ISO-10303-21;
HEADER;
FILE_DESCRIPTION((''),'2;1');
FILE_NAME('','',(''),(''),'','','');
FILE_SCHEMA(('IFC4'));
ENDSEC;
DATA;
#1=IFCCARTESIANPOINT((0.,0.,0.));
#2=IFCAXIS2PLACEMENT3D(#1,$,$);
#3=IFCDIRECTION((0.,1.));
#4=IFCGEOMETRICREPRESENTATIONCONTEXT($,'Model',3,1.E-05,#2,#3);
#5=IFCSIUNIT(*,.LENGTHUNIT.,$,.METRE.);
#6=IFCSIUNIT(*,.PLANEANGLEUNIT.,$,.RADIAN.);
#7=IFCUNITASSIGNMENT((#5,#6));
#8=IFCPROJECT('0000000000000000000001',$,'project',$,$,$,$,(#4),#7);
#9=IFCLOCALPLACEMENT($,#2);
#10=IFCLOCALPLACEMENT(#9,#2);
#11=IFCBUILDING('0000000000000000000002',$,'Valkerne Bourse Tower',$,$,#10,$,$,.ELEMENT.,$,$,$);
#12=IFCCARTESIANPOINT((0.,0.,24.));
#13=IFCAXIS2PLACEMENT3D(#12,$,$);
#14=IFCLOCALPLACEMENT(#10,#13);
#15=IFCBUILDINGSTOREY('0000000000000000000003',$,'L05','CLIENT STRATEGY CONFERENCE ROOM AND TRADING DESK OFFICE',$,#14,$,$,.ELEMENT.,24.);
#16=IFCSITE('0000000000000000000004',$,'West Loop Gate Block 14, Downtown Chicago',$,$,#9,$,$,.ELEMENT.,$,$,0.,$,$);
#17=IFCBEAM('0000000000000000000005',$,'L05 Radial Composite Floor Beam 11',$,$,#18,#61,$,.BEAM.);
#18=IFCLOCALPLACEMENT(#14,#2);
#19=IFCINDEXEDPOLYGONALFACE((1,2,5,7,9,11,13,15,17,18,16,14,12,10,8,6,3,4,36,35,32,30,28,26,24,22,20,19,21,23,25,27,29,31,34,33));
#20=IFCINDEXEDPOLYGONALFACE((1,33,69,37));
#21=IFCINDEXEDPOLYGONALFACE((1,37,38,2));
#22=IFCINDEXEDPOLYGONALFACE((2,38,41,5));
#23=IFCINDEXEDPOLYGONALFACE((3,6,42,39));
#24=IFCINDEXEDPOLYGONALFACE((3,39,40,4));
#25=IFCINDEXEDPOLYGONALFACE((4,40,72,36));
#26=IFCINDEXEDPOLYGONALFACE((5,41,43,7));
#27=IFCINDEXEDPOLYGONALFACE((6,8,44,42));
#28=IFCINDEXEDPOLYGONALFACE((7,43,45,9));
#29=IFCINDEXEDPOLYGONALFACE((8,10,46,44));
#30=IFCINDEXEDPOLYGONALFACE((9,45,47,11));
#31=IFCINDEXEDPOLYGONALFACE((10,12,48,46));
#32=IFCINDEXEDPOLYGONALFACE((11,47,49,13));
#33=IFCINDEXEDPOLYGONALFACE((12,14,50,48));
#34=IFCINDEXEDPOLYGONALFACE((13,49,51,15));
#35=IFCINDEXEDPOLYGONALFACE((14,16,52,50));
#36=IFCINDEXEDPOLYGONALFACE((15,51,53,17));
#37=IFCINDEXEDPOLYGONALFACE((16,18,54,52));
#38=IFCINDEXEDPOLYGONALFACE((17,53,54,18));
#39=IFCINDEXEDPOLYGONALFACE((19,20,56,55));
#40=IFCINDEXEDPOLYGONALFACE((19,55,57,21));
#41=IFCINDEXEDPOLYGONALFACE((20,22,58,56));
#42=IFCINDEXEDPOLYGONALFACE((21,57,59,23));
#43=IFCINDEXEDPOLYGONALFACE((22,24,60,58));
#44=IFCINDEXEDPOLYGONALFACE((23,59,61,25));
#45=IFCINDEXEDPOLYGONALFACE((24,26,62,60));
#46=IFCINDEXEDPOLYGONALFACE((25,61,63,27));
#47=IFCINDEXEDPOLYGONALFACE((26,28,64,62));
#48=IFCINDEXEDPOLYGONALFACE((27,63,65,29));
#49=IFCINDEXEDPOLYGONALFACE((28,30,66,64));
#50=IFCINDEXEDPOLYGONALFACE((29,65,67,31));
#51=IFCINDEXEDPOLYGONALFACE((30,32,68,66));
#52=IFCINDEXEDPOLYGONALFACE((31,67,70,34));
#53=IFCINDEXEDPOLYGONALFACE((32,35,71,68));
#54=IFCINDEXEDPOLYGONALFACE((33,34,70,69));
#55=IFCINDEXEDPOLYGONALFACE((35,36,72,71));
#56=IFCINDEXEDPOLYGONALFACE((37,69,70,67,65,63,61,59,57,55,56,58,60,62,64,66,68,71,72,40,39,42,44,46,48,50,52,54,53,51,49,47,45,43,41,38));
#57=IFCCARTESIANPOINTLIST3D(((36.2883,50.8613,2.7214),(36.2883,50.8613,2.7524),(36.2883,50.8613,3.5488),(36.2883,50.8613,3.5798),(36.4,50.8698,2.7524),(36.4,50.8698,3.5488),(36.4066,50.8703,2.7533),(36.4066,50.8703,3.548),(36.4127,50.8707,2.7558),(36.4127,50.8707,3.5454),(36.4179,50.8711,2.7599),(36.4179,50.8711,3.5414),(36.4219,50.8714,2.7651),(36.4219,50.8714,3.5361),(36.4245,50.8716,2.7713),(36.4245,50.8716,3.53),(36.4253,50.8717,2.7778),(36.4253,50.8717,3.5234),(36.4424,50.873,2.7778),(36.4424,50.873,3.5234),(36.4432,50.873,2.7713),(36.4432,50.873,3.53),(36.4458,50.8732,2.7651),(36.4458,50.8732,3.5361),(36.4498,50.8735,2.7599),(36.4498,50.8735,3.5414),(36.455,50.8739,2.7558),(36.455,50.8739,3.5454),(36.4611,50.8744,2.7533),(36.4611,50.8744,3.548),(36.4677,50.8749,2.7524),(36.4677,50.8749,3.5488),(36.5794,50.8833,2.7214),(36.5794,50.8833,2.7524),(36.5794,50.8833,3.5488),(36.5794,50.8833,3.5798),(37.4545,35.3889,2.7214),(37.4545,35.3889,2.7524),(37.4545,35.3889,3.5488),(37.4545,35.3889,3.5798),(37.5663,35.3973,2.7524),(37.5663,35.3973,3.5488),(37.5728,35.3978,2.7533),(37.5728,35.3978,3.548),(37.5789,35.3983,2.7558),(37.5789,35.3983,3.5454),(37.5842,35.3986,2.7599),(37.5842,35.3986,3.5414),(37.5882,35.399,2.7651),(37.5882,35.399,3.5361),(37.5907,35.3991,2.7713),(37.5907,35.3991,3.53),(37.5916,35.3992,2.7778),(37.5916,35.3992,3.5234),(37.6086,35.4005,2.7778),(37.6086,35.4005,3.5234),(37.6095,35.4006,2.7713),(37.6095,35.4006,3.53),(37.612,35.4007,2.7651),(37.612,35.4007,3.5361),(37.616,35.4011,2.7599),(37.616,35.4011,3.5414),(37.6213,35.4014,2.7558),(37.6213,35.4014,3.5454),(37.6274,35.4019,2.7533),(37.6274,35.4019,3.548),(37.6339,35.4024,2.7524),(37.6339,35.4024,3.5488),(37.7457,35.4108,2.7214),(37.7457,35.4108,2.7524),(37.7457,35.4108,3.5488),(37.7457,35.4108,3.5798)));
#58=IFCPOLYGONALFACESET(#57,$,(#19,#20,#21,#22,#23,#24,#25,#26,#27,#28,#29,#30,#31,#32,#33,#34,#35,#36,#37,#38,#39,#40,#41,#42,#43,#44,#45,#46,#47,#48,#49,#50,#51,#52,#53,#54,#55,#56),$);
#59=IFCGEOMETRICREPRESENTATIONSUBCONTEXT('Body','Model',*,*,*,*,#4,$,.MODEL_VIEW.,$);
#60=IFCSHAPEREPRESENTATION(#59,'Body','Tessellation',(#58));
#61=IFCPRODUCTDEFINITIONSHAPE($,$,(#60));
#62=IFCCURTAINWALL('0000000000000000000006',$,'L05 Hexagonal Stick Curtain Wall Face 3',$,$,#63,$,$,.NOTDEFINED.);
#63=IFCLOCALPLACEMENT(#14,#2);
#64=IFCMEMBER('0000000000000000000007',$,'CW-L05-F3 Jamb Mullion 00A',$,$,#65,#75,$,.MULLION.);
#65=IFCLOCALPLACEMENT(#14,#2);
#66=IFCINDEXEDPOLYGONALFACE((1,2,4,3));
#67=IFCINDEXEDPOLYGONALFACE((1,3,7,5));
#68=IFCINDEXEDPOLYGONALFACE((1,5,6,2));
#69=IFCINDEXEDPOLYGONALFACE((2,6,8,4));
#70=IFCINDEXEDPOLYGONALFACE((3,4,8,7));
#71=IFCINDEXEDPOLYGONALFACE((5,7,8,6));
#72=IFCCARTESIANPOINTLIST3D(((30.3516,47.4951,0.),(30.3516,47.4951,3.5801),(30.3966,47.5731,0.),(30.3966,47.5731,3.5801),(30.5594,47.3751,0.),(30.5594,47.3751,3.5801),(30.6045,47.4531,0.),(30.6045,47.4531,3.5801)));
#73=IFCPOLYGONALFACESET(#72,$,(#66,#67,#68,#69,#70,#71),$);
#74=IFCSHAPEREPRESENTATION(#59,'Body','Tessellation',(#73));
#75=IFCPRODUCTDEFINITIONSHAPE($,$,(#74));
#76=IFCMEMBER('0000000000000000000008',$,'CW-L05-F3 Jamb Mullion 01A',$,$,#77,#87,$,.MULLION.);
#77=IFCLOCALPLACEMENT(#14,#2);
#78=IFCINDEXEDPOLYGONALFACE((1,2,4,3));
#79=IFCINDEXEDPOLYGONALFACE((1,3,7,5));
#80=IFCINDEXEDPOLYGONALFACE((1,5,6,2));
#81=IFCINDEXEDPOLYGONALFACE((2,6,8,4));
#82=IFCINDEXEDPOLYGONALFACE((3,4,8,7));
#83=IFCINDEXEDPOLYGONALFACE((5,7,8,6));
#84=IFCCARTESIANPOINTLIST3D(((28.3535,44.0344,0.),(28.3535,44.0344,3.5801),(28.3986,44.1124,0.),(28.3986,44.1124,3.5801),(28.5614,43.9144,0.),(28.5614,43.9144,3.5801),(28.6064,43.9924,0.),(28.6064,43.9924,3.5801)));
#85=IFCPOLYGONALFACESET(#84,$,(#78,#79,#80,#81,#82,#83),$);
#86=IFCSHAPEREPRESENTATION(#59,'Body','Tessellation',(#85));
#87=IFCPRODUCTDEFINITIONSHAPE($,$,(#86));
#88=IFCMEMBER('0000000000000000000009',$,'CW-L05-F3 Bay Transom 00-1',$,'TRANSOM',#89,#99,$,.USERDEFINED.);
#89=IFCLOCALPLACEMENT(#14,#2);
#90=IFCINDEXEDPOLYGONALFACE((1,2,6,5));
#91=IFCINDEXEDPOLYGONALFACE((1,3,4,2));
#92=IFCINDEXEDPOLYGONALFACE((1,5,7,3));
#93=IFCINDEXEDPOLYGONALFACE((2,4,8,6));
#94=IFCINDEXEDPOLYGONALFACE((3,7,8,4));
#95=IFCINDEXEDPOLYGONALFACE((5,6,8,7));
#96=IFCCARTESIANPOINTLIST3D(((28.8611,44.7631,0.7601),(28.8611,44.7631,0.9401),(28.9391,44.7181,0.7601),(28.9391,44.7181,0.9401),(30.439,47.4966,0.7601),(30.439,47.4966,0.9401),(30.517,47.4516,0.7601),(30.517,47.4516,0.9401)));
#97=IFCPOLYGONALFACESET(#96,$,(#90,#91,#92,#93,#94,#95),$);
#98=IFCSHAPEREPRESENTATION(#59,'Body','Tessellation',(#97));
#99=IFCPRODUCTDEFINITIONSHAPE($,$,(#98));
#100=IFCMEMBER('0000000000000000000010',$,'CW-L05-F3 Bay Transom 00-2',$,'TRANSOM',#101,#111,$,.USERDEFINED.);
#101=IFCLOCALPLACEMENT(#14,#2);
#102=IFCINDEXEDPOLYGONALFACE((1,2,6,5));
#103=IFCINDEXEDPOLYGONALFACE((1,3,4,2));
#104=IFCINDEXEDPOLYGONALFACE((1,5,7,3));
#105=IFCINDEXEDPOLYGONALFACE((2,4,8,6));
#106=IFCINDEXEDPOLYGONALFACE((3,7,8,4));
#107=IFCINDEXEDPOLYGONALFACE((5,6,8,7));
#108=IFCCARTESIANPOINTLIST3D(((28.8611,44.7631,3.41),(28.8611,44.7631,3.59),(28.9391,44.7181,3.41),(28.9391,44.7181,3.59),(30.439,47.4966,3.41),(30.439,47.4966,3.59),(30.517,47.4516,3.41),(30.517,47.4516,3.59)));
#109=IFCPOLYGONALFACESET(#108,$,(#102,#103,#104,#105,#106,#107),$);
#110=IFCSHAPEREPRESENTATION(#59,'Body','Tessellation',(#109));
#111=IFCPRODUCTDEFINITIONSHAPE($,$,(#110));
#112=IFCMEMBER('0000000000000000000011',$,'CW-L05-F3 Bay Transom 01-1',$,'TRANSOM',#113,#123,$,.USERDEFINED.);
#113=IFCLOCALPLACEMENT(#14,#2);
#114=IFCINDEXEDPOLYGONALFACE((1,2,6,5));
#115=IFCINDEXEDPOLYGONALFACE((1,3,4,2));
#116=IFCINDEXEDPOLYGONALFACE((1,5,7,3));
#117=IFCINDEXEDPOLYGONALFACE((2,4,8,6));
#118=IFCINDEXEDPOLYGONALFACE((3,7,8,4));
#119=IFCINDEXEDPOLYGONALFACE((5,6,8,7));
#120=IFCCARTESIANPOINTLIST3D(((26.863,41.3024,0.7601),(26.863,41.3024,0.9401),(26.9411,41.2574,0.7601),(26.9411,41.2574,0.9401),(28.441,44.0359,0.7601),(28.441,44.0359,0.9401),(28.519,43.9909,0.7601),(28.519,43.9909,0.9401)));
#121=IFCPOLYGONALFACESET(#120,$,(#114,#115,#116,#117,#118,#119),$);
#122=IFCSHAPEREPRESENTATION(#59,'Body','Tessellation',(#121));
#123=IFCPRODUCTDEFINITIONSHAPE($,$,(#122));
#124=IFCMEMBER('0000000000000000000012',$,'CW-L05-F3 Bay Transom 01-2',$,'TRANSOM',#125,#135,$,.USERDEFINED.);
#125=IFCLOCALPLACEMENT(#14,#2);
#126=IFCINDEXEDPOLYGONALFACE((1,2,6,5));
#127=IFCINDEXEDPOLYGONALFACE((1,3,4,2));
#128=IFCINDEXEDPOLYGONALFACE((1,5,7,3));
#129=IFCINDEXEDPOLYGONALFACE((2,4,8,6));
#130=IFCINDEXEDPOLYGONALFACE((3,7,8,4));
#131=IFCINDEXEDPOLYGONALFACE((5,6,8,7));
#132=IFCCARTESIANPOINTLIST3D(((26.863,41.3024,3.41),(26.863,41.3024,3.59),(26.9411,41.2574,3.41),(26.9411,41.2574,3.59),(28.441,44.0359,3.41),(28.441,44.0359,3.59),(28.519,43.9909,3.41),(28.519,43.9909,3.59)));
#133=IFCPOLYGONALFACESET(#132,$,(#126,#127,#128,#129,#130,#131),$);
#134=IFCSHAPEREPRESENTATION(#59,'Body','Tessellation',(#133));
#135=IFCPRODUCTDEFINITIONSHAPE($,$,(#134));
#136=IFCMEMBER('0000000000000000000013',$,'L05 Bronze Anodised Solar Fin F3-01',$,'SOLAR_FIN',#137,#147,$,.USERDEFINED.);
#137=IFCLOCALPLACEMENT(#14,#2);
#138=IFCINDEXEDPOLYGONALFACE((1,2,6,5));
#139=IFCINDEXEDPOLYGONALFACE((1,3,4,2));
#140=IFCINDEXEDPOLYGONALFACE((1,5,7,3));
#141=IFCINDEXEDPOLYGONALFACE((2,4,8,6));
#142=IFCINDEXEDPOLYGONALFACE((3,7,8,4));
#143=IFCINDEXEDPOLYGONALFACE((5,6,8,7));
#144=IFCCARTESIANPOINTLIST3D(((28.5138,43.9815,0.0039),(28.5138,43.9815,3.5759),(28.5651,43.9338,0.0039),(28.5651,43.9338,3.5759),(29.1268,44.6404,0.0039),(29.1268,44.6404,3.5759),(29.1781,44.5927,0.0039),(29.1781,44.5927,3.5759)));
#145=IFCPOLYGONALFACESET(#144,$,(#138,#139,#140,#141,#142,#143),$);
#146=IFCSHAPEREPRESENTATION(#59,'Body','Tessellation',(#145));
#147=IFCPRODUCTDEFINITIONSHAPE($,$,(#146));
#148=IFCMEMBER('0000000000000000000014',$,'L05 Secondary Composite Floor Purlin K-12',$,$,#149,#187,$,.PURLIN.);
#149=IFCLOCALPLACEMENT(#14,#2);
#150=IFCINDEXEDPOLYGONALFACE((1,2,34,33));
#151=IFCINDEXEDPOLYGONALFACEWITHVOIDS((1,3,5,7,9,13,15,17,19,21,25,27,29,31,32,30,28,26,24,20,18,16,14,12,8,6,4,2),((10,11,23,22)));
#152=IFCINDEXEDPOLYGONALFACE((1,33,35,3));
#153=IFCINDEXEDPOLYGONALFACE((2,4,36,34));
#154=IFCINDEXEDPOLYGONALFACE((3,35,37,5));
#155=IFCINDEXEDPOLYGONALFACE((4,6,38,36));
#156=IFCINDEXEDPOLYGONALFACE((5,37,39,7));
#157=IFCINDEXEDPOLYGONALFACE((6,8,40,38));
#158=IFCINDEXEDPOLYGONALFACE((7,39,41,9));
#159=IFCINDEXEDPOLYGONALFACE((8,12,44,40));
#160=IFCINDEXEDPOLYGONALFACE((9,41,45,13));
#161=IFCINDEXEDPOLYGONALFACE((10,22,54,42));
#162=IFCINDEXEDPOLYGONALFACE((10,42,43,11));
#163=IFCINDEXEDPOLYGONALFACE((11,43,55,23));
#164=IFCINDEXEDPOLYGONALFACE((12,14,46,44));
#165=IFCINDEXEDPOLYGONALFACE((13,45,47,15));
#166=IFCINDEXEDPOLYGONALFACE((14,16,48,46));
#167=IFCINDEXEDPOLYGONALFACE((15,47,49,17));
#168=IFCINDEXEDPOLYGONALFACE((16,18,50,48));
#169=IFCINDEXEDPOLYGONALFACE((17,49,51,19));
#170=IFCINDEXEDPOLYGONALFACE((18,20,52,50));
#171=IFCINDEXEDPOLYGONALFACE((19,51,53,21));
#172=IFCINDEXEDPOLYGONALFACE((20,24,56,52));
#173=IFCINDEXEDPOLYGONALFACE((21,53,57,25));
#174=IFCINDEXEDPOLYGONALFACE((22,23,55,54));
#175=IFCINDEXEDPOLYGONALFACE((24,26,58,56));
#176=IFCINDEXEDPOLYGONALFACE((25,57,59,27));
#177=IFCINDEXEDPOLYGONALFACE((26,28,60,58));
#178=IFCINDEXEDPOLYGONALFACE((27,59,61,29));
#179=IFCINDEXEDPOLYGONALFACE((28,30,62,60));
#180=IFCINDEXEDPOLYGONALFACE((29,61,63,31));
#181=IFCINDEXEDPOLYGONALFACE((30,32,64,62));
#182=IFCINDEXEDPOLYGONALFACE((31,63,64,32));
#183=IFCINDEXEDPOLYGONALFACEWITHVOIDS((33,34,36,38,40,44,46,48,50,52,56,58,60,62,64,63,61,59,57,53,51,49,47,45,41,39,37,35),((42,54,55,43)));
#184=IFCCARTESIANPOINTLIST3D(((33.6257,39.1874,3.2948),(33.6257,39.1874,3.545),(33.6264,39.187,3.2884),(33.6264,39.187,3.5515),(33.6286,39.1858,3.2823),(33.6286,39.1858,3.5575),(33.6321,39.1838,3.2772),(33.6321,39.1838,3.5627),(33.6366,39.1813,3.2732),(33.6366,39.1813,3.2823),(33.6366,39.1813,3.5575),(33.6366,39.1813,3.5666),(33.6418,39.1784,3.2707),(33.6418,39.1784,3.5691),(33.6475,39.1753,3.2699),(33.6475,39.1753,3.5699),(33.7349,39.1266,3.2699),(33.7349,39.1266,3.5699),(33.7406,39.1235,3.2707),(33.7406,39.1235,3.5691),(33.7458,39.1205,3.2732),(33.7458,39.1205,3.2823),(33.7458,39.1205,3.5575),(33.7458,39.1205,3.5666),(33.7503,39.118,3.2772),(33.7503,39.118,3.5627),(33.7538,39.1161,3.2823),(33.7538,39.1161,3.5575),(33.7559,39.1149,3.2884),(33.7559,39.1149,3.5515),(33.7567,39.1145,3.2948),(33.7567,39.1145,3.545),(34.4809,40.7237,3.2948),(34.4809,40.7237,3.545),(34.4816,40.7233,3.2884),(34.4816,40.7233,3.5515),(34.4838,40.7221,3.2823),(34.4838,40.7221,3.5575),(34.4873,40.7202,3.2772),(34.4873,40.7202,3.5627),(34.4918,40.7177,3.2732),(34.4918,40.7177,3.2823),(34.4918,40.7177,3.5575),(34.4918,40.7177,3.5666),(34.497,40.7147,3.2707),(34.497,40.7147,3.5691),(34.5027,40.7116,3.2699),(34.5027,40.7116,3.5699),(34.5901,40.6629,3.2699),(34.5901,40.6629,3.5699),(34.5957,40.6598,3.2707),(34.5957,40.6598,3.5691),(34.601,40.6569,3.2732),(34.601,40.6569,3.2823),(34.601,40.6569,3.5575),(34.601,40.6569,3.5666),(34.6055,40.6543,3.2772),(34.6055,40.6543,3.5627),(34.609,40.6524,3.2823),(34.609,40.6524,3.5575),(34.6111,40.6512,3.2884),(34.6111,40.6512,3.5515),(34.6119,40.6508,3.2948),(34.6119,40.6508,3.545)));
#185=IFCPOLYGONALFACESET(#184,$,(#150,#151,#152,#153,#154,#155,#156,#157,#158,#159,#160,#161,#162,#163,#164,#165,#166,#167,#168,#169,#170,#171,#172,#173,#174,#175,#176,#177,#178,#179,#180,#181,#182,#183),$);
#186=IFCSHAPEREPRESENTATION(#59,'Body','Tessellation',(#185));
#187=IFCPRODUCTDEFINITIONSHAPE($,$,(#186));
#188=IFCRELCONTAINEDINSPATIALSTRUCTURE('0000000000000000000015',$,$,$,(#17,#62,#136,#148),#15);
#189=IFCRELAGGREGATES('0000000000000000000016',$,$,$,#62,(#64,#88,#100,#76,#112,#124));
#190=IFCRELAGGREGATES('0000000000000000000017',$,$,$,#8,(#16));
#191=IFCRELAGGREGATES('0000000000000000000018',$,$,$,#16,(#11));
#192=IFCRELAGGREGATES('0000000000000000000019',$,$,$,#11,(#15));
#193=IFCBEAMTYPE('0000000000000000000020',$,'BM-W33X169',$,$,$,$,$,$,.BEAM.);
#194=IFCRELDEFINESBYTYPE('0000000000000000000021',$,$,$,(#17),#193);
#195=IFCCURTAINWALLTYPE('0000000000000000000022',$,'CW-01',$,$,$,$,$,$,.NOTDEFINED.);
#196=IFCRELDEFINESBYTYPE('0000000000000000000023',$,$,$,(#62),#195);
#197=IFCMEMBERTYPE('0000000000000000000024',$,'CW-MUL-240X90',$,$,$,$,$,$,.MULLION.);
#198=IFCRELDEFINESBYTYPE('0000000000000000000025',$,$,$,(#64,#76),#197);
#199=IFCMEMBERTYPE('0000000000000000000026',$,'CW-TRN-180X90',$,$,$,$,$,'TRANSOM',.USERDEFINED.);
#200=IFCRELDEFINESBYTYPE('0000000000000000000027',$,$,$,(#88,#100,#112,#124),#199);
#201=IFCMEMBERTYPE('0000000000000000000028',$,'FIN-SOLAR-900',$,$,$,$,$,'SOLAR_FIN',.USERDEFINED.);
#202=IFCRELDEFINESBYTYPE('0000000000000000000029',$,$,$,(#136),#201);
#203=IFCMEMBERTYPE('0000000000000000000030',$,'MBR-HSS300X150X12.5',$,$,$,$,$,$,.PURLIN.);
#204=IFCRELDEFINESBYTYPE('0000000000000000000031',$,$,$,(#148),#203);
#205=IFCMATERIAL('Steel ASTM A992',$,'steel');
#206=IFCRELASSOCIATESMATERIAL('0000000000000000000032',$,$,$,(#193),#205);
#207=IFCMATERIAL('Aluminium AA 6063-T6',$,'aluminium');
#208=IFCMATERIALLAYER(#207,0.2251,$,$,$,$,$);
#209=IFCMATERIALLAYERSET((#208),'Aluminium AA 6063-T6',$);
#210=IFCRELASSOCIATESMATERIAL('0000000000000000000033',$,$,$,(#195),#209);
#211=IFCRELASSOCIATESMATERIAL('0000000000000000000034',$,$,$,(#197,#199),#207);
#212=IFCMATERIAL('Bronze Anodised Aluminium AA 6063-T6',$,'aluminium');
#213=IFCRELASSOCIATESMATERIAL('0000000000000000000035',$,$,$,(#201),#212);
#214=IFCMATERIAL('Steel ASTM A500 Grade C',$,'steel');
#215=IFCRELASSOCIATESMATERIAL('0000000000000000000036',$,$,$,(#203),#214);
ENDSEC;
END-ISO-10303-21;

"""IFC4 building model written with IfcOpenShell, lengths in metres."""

from ifc_helpers import new_model, si_unit, direction, frame, origin, origin_2d, place, context, subcontext, project, spatial, rectangle, hollow_rectangle, i_section, extrude, material, layer, layer_set, material_profile, profile_set, type_object, element, aggregate, save


model = new_model("IFC4")

# Units and contexts
model_context = context("Model", 3, precision=1e-05, world=origin(), true_north=direction((0.0, 1.0)))
body_context = subcontext(model_context, "Body", "Model", "MODEL_VIEW")
ifc_project = project(units=[si_unit("LENGTHUNIT", "METRE"), si_unit("PLANEANGLEUNIT", "RADIAN")], contexts=[model_context])

# Site, building, storey
site_placement = place(None, origin())
site = spatial("IfcSite", under=ifc_project, at=site_placement, Name="West Loop Gate Block 14, Downtown Chicago", CompositionType="ELEMENT", RefElevation=0.0)
building_placement = place(site_placement, origin())
building = spatial("IfcBuilding", under=site, at=building_placement, Name="Valkerne Bourse Tower", CompositionType="ELEMENT")
storey_placement = place(building_placement, frame((0.0, 0.0, 24.0)))
storey = spatial("IfcBuildingStorey", under=building, at=storey_placement, Name="L05", Description="CLIENT STRATEGY CONFERENCE ROOM AND TRADING DESK OFFICE", CompositionType="ELEMENT", Elevation=24.0)

# Beam
ifc_material_1 = material(Name="Steel ASTM A992", Category="steel")
ifc_material_profile_1 = material_profile(ifc_material_1, i_section(OverallWidth=0.292, OverallDepth=0.8584, WebThickness=0.0171, FlangeThickness=0.031, FilletRadius=0.0254, at=origin_2d()), Name="W33X169")
ifc_profile_set_1 = profile_set([ifc_material_profile_1], Name="Steel ASTM A992")
beam_type_1 = type_object("IfcBeamType", Name="BM-W33X169", PredefinedType="BEAM", material=ifc_profile_set_1)
beam_1_placement = place(storey_placement, frame((36.4338, 50.8723, 3.1506), z_axis=(0.075164, -0.997171, 0.0), x_axis=(0.997171, 0.075164, 0.0)))
element("IfcBeam", 1, at=beam_1_placement, inside=storey, type_object=beam_type_1, Name="L05 Radial Composite Floor Beam 11", PredefinedType="BEAM", context=body_context, shape_type="SweptSolid", body=[
    extrude(i_section(OverallWidth=0.292, OverallDepth=0.8584, WebThickness=0.0171, FlangeThickness=0.031, FilletRadius=0.0254, at=origin_2d()), origin(), (0.0, 0.0, 1.0), 15.5164),
])

# Curtain wall, members
ifc_material_2 = material(Name="Aluminium AA 6063-T6", Category="aluminium")
ifc_layer_1 = layer(ifc_material_2, 0.2251)
ifc_layer_set_1 = layer_set([ifc_layer_1], Name="Aluminium AA 6063-T6")
curtain_wall_type = type_object("IfcCurtainWallType", Name="CW-01", PredefinedType="NOTDEFINED", material=ifc_layer_set_1)
curtain_wall_placement = place(storey_placement, origin())
curtain_wall = element("IfcCurtainWall", 2, at=curtain_wall_placement, inside=storey, type_object=curtain_wall_type, Name="L05 Hexagonal Stick Curtain Wall Face 3", PredefinedType="NOTDEFINED")
ifc_material_profile_2 = material_profile(ifc_material_2, rectangle(XDim=0.0901, YDim=0.24, at=origin_2d()), Name="CWM-90X240")
ifc_profile_set_2 = profile_set([ifc_material_profile_2], Name="Aluminium AA 6063-T6")
member_type_1 = type_object("IfcMemberType", Name="CW-MUL-240X90", PredefinedType="MULLION", material=ifc_profile_set_2)
member_1_placement = place(storey_placement, frame((30.478, 47.4741, 0.0), z_axis=(0.0, 0.0, 1.0), x_axis=(-0.500004, -0.866023, 0.0)))
member_1 = element("IfcMember", 3, at=member_1_placement, type_object=member_type_1, Name="CW-L05-F3 Jamb Mullion 00A", PredefinedType="MULLION", context=body_context, shape_type="SweptSolid", body=[
    extrude(rectangle(XDim=0.0901, YDim=0.24, at=origin_2d()), origin(), (0.0, 0.0, 1.0), 3.5801),
])
member_2_placement = place(storey_placement, frame((28.48, 44.0134, 0.0), z_axis=(0.0, 0.0, 1.0), x_axis=(-0.499993, -0.866029, 0.0)))
member_2 = element("IfcMember", 4, at=member_2_placement, type_object=member_type_1, Name="CW-L05-F3 Jamb Mullion 01A", PredefinedType="MULLION", context=body_context, shape_type="SweptSolid", body=[
    extrude(rectangle(XDim=0.0901, YDim=0.24, at=origin_2d()), origin(), (0.0, 0.0, 1.0), 3.5801),
])
ifc_material_profile_3 = material_profile(ifc_material_2, rectangle(XDim=0.0901, YDim=0.1799, at=origin_2d()), Name="CWT-90X180")
ifc_profile_set_3 = profile_set([ifc_material_profile_3], Name="Aluminium AA 6063-T6")
member_type_2 = type_object("IfcMemberType", Name="CW-TRN-180X90", ElementType="TRANSOM", PredefinedType="USERDEFINED", material=ifc_profile_set_3)
member_3_placement = place(storey_placement, frame((30.478, 47.4741, 0.8501), z_axis=(-0.499941, -0.866059, 0.0), x_axis=(0.866059, -0.499941, 0.0)))
member_3 = element("IfcMember", 5, at=member_3_placement, type_object=member_type_2, Name="CW-L05-F3 Bay Transom 00-1", ObjectType="TRANSOM", PredefinedType="USERDEFINED", context=body_context, shape_type="SweptSolid", body=[
    extrude(rectangle(XDim=0.0901, YDim=0.1799, at=origin_2d()), origin(), (0.0, 0.0, 1.0), 3.1562),
])
member_4_placement = place(storey_placement, frame((30.478, 47.4741, 3.5), z_axis=(-0.499941, -0.866059, 0.0), x_axis=(0.866059, -0.499941, 0.0)))
member_4 = element("IfcMember", 6, at=member_4_placement, type_object=member_type_2, Name="CW-L05-F3 Bay Transom 00-2", ObjectType="TRANSOM", PredefinedType="USERDEFINED", context=body_context, shape_type="SweptSolid", body=[
    extrude(rectangle(XDim=0.0901, YDim=0.1799, at=origin_2d()), origin(), (0.0, 0.0, 1.0), 3.1562),
])
member_5_placement = place(storey_placement, frame((28.48, 44.0134, 0.8501), z_axis=(-0.499941, -0.866059, 0.0), x_axis=(0.866059, -0.499941, 0.0)))
member_5 = element("IfcMember", 7, at=member_5_placement, type_object=member_type_2, Name="CW-L05-F3 Bay Transom 01-1", ObjectType="TRANSOM", PredefinedType="USERDEFINED", context=body_context, shape_type="SweptSolid", body=[
    extrude(rectangle(XDim=0.0901, YDim=0.1799, at=origin_2d()), origin(), (0.0, 0.0, 1.0), 3.1562),
])
member_6_placement = place(storey_placement, frame((28.48, 44.0134, 3.5), z_axis=(-0.499941, -0.866059, 0.0), x_axis=(0.866059, -0.499941, 0.0)))
member_6 = element("IfcMember", 8, at=member_6_placement, type_object=member_type_2, Name="CW-L05-F3 Bay Transom 01-2", ObjectType="TRANSOM", PredefinedType="USERDEFINED", context=body_context, shape_type="SweptSolid", body=[
    extrude(rectangle(XDim=0.0901, YDim=0.1799, at=origin_2d()), origin(), (0.0, 0.0, 1.0), 3.1562),
])

# Members
ifc_material_3 = material(Name="Bronze Anodised Aluminium AA 6063-T6", Category="aluminium")
ifc_material_profile_4 = material_profile(ifc_material_3, rectangle(XDim=0.0701, YDim=0.8999, at=origin_2d()), Name="FIN-70X900")
ifc_profile_set_4 = profile_set([ifc_material_profile_4], Name="Bronze Anodised Aluminium AA 6063-T6")
member_type_3 = type_object("IfcMemberType", Name="FIN-SOLAR-900", ElementType="SOLAR_FIN", PredefinedType="USERDEFINED", material=ifc_profile_set_4)
member_7_placement = place(storey_placement, frame((28.8459, 44.2871, 0.0039), z_axis=(0.0, 0.0, 1.0), x_axis=(-0.73214, 0.681154, 0.0)))
element("IfcMember", 9, at=member_7_placement, inside=storey, type_object=member_type_3, Name="L05 Bronze Anodised Solar Fin F3-01", ObjectType="SOLAR_FIN", PredefinedType="USERDEFINED", context=body_context, shape_type="SweptSolid", body=[
    extrude(rectangle(XDim=0.0701, YDim=0.8999, at=origin_2d()), origin(), (0.0, 0.0, 1.0), 3.572),
])
ifc_material_4 = material(Name="Steel ASTM A500 Grade C", Category="steel")
ifc_material_profile_5 = material_profile(ifc_material_4, hollow_rectangle(XDim=0.1499, YDim=0.3, WallThickness=0.0125, OuterFilletRadius=0.0249, at=origin_2d()), Name="HSS300X150X12.5")
ifc_profile_set_5 = profile_set([ifc_material_profile_5], Name="Steel ASTM A500 Grade C")
member_type_4 = type_object("IfcMemberType", Name="MBR-HSS300X150X12.5", PredefinedType="PURLIN", material=ifc_profile_set_5)
member_8_placement = place(storey_placement, frame((34.5464, 40.6873, 3.4199), z_axis=(-0.486374, -0.873751, 0.0), x_axis=(0.873751, -0.486374, 0.0)))
element("IfcMember", 10, at=member_8_placement, inside=storey, type_object=member_type_4, Name="L05 Secondary Composite Floor Purlin K-12", PredefinedType="PURLIN", context=body_context, shape_type="SweptSolid", body=[
    extrude(hollow_rectangle(XDim=0.1499, YDim=0.3, WallThickness=0.0125, OuterFilletRadius=0.0249, at=origin_2d()), origin(), (0.0, 0.0, 1.0), 1.7583),
])

aggregate(curtain_wall, [member_1, member_3, member_4, member_2, member_5, member_6])

save(model, "model.ifc")
